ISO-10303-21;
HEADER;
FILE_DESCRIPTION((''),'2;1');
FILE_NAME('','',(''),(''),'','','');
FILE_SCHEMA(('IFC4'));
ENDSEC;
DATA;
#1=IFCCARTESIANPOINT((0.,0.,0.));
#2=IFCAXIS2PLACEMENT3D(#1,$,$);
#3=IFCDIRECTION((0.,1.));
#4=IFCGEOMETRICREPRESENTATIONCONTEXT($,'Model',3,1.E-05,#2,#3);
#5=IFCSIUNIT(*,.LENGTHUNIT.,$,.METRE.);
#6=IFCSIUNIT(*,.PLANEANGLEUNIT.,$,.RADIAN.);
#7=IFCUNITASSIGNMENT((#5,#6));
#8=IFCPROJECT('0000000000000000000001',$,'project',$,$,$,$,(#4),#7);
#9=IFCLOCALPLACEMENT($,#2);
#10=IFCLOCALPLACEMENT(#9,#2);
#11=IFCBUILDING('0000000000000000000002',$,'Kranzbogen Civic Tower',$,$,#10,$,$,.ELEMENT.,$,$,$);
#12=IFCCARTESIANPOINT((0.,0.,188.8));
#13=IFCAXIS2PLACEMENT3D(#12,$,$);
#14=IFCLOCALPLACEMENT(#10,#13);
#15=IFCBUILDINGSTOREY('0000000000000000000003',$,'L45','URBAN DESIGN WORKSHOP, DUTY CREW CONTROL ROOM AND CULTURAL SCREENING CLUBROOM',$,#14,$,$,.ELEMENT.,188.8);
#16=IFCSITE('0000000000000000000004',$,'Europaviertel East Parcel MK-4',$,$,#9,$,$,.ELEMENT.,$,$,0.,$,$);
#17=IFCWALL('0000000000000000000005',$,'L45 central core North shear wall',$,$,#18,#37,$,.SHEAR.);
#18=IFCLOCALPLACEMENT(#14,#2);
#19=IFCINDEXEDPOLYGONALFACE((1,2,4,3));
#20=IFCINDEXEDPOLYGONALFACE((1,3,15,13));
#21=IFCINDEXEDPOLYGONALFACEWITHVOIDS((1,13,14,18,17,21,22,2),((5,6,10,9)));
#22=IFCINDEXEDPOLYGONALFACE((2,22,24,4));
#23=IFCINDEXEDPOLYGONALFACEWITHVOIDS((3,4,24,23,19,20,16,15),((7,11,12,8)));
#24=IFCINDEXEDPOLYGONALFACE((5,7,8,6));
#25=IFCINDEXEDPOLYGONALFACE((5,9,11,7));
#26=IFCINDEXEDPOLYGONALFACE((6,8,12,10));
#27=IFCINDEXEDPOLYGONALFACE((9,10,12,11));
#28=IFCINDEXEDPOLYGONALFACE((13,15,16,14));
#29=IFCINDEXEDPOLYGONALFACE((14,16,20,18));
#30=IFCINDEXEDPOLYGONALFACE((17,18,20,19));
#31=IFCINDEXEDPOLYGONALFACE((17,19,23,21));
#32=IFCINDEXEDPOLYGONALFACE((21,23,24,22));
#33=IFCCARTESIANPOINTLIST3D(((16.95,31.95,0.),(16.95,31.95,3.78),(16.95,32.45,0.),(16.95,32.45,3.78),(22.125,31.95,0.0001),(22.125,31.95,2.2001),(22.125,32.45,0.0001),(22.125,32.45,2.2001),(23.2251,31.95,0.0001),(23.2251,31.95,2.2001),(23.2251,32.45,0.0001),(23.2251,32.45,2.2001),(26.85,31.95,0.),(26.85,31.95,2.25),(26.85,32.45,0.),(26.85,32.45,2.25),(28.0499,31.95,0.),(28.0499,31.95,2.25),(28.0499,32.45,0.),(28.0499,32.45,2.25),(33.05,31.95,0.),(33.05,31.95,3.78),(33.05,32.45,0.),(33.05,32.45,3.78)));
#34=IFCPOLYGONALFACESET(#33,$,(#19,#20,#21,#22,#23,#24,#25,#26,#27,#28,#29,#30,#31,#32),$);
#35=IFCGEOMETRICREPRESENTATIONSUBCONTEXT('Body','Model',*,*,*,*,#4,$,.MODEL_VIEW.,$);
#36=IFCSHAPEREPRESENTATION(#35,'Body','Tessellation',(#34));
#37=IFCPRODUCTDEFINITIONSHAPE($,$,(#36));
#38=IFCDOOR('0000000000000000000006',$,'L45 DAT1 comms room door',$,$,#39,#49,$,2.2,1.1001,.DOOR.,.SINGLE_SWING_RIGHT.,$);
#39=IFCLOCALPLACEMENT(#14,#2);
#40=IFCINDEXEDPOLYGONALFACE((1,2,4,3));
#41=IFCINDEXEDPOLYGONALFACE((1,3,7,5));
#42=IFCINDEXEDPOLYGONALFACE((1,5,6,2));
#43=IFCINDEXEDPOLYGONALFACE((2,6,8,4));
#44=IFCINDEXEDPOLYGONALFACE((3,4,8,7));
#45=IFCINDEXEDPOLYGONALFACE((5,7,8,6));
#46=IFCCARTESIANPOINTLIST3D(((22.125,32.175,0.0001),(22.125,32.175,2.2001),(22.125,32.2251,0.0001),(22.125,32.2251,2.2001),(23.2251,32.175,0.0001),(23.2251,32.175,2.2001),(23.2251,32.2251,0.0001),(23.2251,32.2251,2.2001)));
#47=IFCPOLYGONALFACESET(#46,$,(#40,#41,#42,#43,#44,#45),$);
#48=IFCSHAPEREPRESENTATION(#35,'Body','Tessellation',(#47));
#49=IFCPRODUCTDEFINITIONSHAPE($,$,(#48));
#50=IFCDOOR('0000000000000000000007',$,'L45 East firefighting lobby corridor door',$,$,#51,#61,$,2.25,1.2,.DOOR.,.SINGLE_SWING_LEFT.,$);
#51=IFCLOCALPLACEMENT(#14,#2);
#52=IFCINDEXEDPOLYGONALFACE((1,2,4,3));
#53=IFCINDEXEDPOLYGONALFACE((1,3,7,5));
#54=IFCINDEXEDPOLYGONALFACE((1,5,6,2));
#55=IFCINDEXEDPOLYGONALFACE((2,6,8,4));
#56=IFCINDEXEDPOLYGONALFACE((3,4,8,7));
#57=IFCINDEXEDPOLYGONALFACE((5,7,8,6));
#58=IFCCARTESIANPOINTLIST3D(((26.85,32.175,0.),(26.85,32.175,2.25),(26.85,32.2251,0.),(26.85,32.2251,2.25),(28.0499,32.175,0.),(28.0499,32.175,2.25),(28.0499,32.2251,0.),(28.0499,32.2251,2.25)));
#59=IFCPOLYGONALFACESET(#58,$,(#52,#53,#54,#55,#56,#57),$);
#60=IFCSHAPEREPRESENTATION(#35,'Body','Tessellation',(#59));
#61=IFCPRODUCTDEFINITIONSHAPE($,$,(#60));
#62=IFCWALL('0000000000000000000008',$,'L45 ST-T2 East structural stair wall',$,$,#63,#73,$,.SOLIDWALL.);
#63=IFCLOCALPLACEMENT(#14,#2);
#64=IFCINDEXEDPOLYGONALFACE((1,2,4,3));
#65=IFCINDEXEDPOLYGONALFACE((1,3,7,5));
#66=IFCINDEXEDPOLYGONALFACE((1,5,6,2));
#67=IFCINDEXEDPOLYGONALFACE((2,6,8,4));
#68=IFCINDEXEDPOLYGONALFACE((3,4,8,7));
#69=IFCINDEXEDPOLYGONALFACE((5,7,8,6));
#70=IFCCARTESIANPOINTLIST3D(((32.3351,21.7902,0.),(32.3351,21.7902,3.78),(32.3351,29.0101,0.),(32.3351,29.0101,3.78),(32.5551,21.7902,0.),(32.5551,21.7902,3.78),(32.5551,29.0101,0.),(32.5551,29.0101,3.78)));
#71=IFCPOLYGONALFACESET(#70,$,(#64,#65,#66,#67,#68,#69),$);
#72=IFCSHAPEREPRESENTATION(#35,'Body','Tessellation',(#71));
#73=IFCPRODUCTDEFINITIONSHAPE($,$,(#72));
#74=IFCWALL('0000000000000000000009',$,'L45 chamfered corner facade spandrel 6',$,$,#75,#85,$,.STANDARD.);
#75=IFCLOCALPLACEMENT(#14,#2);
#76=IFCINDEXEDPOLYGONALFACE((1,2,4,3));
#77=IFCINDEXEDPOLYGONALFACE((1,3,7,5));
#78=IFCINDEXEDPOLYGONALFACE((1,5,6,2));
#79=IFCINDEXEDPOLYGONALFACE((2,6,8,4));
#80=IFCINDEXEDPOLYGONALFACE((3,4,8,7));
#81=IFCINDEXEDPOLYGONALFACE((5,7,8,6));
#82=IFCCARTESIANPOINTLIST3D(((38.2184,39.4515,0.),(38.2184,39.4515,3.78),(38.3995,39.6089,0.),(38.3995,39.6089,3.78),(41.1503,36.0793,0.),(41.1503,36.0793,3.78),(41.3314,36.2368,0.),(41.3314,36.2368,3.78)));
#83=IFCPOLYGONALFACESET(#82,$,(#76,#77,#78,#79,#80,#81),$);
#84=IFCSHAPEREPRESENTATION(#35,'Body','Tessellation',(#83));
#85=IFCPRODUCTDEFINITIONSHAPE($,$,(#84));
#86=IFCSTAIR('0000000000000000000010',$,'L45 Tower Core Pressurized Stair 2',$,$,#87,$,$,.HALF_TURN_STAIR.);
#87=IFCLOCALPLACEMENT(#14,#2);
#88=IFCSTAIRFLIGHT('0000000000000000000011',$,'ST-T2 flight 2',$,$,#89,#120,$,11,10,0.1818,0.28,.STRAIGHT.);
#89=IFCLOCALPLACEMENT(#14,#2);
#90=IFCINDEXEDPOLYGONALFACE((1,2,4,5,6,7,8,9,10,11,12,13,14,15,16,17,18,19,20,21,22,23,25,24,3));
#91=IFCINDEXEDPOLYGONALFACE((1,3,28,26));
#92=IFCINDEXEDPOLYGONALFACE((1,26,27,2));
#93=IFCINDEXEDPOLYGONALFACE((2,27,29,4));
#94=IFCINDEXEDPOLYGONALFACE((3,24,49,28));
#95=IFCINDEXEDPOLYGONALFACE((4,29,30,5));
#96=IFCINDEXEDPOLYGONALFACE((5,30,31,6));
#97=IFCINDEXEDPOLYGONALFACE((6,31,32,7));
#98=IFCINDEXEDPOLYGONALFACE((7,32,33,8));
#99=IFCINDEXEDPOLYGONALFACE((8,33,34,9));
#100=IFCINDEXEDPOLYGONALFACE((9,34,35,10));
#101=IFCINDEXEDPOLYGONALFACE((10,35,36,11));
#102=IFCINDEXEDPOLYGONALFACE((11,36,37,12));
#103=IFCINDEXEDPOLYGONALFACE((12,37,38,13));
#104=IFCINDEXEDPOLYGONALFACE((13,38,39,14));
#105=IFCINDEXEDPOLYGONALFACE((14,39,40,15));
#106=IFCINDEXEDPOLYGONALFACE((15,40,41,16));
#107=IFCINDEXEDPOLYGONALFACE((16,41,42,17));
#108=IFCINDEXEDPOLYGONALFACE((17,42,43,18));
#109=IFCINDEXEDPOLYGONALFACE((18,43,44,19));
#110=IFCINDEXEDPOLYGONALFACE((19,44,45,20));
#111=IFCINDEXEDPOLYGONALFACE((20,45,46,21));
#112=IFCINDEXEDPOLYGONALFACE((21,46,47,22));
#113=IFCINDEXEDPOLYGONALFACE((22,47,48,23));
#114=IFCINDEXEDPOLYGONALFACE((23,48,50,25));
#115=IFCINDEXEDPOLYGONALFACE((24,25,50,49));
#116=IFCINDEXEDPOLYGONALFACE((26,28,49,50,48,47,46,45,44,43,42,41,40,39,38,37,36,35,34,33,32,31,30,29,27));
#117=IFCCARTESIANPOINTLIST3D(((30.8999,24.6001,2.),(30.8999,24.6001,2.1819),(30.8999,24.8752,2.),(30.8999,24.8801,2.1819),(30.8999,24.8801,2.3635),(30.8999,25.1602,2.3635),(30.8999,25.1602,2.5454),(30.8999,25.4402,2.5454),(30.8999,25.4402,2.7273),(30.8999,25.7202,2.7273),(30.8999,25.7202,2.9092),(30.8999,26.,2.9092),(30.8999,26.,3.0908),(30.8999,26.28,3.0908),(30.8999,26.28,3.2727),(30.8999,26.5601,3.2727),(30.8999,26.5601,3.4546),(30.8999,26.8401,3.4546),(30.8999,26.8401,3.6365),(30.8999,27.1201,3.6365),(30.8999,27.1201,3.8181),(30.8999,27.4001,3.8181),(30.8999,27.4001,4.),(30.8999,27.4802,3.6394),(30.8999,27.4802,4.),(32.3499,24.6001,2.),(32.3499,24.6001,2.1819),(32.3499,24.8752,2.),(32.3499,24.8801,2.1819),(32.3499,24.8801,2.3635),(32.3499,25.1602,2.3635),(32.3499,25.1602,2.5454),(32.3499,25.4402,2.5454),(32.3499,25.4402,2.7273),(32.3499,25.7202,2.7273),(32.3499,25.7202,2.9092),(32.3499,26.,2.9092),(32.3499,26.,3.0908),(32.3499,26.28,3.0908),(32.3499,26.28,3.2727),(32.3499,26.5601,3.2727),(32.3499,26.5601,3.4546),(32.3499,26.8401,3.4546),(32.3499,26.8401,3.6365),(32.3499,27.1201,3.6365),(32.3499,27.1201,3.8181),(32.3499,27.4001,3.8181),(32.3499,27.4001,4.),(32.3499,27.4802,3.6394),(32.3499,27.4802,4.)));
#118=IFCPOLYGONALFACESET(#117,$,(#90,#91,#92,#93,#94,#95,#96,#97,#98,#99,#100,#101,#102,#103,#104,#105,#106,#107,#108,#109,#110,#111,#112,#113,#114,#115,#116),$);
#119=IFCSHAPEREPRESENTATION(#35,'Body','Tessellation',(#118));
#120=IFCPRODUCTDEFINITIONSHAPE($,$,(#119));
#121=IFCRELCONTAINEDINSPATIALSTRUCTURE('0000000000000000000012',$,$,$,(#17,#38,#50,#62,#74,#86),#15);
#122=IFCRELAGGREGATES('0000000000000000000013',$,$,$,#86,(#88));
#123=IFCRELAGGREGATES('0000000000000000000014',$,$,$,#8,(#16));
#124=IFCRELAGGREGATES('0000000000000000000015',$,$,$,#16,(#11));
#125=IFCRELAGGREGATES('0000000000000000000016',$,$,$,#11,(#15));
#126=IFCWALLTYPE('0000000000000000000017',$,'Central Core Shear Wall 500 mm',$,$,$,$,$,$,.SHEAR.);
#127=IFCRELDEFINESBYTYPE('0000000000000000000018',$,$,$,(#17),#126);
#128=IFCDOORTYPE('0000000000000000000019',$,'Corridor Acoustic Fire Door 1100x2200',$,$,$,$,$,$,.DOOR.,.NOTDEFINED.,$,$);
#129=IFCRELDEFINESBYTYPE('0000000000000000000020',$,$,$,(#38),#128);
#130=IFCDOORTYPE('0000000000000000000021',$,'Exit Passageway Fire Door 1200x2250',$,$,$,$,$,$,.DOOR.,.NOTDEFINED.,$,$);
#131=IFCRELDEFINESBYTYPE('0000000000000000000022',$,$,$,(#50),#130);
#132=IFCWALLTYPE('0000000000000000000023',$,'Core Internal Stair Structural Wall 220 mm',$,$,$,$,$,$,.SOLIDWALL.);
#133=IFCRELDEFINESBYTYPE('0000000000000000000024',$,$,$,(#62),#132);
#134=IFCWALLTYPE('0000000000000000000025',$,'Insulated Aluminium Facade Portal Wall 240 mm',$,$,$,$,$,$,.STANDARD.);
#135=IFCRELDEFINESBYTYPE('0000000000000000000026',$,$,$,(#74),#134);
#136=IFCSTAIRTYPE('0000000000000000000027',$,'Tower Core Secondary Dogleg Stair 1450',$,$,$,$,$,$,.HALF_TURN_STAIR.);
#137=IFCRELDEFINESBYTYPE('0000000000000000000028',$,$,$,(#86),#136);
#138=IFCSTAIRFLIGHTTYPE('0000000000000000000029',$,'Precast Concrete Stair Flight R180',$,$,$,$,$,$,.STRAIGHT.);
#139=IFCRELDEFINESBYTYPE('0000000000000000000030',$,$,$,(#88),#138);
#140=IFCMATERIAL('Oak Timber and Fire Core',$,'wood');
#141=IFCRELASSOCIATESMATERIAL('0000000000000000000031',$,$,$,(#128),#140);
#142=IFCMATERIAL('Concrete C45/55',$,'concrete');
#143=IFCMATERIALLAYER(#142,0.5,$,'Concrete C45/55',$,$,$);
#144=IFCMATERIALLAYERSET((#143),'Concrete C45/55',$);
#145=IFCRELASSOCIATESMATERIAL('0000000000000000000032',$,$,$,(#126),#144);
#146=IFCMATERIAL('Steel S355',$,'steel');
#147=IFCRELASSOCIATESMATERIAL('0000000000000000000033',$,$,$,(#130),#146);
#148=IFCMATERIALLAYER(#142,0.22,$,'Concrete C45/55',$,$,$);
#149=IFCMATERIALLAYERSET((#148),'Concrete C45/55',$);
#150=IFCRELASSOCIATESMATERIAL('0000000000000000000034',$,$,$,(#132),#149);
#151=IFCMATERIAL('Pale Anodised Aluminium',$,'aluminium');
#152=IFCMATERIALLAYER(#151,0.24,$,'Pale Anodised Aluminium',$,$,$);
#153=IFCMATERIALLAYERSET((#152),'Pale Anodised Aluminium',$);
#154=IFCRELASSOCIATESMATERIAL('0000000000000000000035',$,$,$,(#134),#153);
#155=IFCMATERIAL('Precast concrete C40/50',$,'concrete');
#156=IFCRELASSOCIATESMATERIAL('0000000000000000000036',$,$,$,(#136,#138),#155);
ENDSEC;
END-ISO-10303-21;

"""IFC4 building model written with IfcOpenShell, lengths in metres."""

from ifc_helpers import new_model, si_unit, direction, frame, frame_2d, origin, place, context, subcontext, project, spatial, polyline, rectangle, outline, extrude, material, layer, layer_set, type_object, element, fill, aggregate, save


model = new_model("IFC4")

# Units and contexts
model_context = context("Model", 3, precision=1e-05, world=origin(), true_north=direction((0.0, 1.0)))
body_context = subcontext(model_context, "Body", "Model", "MODEL_VIEW")
ifc_project = project(units=[si_unit("LENGTHUNIT", "METRE"), si_unit("PLANEANGLEUNIT", "RADIAN")], contexts=[model_context])

# Site, building, storey
site_placement = place(None, origin())
site = spatial("IfcSite", under=ifc_project, at=site_placement, Name="Europaviertel East Parcel MK-4", CompositionType="ELEMENT", RefElevation=0.0)
building_placement = place(site_placement, origin())
building = spatial("IfcBuilding", under=site, at=building_placement, Name="Kranzbogen Civic Tower", CompositionType="ELEMENT")
storey_placement = place(building_placement, frame((0.0, 0.0, 188.8)))
storey = spatial("IfcBuildingStorey", under=building, at=storey_placement, Name="L45", Description="URBAN DESIGN WORKSHOP, DUTY CREW CONTROL ROOM AND CULTURAL SCREENING CLUBROOM", CompositionType="ELEMENT", Elevation=188.8)

# Shared definitions
ifc_material_1 = material(Name="Steel S355", Category="steel")

# Shared definitions
ifc_material_2 = material(Name="Pale Anodised Aluminium", Category="aluminium")

# Shared definitions
ifc_material_3 = material(Name="Oak Timber and Fire Core", Category="wood")
door_type_1 = type_object("IfcDoorType", Name="Corridor Acoustic Fire Door 1100x2200", OperationType="NOTDEFINED", PredefinedType="DOOR", material=ifc_material_3)

# Wall, openings, doors
ifc_material_4 = material(Name="Concrete C45/55", Category="concrete")
ifc_layer_1 = layer(ifc_material_4, 0.5, Name="Concrete C45/55")
ifc_layer_set_1 = layer_set([ifc_layer_1], Name="Concrete C45/55")
wall_type_1 = type_object("IfcWallType", Name="Central Core Shear Wall 500 mm", PredefinedType="SHEAR", material=ifc_layer_set_1)
wall_1_placement = place(storey_placement, frame((33.05, 32.2, 0.0), z_axis=(0.0, 0.0, 1.0), x_axis=(-1.0, 0.0, 0.0)))
wall_1 = element("IfcWall", 1, at=wall_1_placement, inside=storey, type_object=wall_type_1, Name="L45 central core North shear wall", PredefinedType="SHEAR", context=body_context, shape_type="SweptSolid", body=[
    extrude(rectangle(XDim=16.1001, YDim=0.5, at=frame_2d((8.05, 0.0))), origin(), (0.0, 0.0, 1.0), 3.78),
])
opening_1_placement = place(wall_1_placement, frame((5.0, 0.0, 0.0)))
opening_1 = element("IfcOpeningElement", 2, at=opening_1_placement, cuts=wall_1, PredefinedType="OPENING", context=body_context, shape_type="SweptSolid", body=[
    extrude(rectangle(XDim=1.2, YDim=2.25, at=frame_2d((0.6001, 1.125))), frame((0.0, 0.26, 0.0), z_axis=(0.0, -1.0, 0.0), x_axis=(1.0, 0.0, 0.0)), (0.0, 0.0, 1.0), 0.52),
])
opening_2_placement = place(wall_1_placement, frame((9.825, 0.0, 0.0)))
opening_2 = element("IfcOpeningElement", 3, at=opening_2_placement, cuts=wall_1, PredefinedType="OPENING", context=body_context, shape_type="SweptSolid", body=[
    extrude(rectangle(XDim=1.1001, YDim=2.2, at=frame_2d((0.55, 1.1001))), frame((0.0, 0.26, 0.0), z_axis=(0.0, -1.0, 0.0), x_axis=(1.0, 0.0, 0.0)), (0.0, 0.0, 1.0), 0.52),
])
door_1_placement = place(opening_2_placement, origin())
door_1 = element("IfcDoor", 4, at=door_1_placement, inside=storey, type_object=door_type_1, Name="L45 DAT1 comms room door", OperationType="SINGLE_SWING_RIGHT", OverallHeight=2.2, OverallWidth=1.1001, PredefinedType="DOOR", context=body_context, shape_type="SweptSolid", body=[
    extrude(rectangle(XDim=1.1001, YDim=2.2, at=frame_2d((0.55, 1.1001))), frame((0.0, 0.0249, 0.0), z_axis=(0.0, -1.0, 0.0), x_axis=(1.0, 0.0, 0.0)), (0.0, 0.0, 1.0), 0.05),
])
fill(opening_2, door_1)
door_type_2 = type_object("IfcDoorType", Name="Exit Passageway Fire Door 1200x2250", OperationType="NOTDEFINED", PredefinedType="DOOR", material=ifc_material_1)
door_2_placement = place(opening_1_placement, origin())
door_2 = element("IfcDoor", 5, at=door_2_placement, inside=storey, type_object=door_type_2, Name="L45 East firefighting lobby corridor door", OperationType="SINGLE_SWING_LEFT", OverallHeight=2.25, OverallWidth=1.2, PredefinedType="DOOR", context=body_context, shape_type="SweptSolid", body=[
    extrude(rectangle(XDim=1.2, YDim=2.25, at=frame_2d((0.6001, 1.125))), frame((0.0, 0.0249, 0.0), z_axis=(0.0, -1.0, 0.0), x_axis=(1.0, 0.0, 0.0)), (0.0, 0.0, 1.0), 0.05),
])
fill(opening_1, door_2)

# Walls
ifc_layer_2 = layer(ifc_material_4, 0.22, Name="Concrete C45/55")
ifc_layer_set_2 = layer_set([ifc_layer_2], Name="Concrete C45/55")
wall_type_2 = type_object("IfcWallType", Name="Core Internal Stair Structural Wall 220 mm", PredefinedType="SOLIDWALL", material=ifc_layer_set_2)
wall_2_placement = place(storey_placement, frame((32.4451, 29.01, 0.0), z_axis=(0.0, 0.0, 1.0), x_axis=(0.0, -1.0, 0.0)))
element("IfcWall", 6, at=wall_2_placement, inside=storey, type_object=wall_type_2, Name="L45 ST-T2 East structural stair wall", PredefinedType="SOLIDWALL", context=body_context, shape_type="SweptSolid", body=[
    extrude(rectangle(XDim=7.22, YDim=0.22, at=frame_2d((3.6099, 0.0))), origin(), (0.0, 0.0, 1.0), 3.78),
])
ifc_layer_3 = layer(ifc_material_2, 0.24, Name="Pale Anodised Aluminium")
ifc_layer_set_3 = layer_set([ifc_layer_3], Name="Pale Anodised Aluminium")
wall_type_3 = type_object("IfcWallType", Name="Insulated Aluminium Facade Portal Wall 240 mm", PredefinedType="STANDARD", material=ifc_layer_set_3)
wall_3_placement = place(storey_placement, frame((41.241, 36.158, 0.0), z_axis=(0.0, 0.0, 1.0), x_axis=(-0.656134, 0.754644, 0.0)))
element("IfcWall", 7, at=wall_3_placement, inside=storey, type_object=wall_type_3, Name="L45 chamfered corner facade spandrel 6", PredefinedType="STANDARD", context=body_context, shape_type="SweptSolid", body=[
    extrude(rectangle(XDim=4.4685, YDim=0.24, at=frame_2d((2.2344, 0.0))), origin(), (0.0, 0.0, 1.0), 3.78),
])

# Stair, stair flight
ifc_material_5 = material(Name="Precast concrete C40/50", Category="concrete")
stair_type = type_object("IfcStairType", Name="Tower Core Secondary Dogleg Stair 1450", PredefinedType="HALF_TURN_STAIR", material=ifc_material_5)
stair_placement = place(storey_placement, origin())
stair = element("IfcStair", 8, at=stair_placement, inside=storey, type_object=stair_type, Name="L45 Tower Core Pressurized Stair 2", PredefinedType="HALF_TURN_STAIR")
stair_flight_type = type_object("IfcStairFlightType", Name="Precast Concrete Stair Flight R180", PredefinedType="STRAIGHT", material=ifc_material_5)
stair_flight_placement = place(storey_placement, frame((31.625, 24.6001, 2.0), z_axis=(0.0, 0.0, 1.0), x_axis=(0.0, 1.0, 0.0)))
stair_flight = element("IfcStairFlight", 9, at=stair_flight_placement, type_object=stair_flight_type, Name="ST-T2 flight 2", NumberOfRisers=11, NumberOfTreads=10, PredefinedType="STRAIGHT", RiserHeight=0.1818, TreadLength=0.28, context=body_context, shape_type="SweptSolid", body=[
    extrude(outline(polyline([(0.0, 0.0), (0.0, 0.1819), (0.28, 0.1819), (0.28, 0.3635), (0.5601, 0.3635), (0.5601, 0.5454), (0.8401, 0.5454), (0.8401, 0.7273), (1.1201, 0.7273), (1.1201, 0.9092), (1.3999, 0.9092), (1.3999, 1.0908), (1.6799, 1.0908), (1.6799, 1.2727), (1.96, 1.2727), (1.96, 1.4546), (2.24, 1.4546), (2.24, 1.6365), (2.52, 1.6365), (2.52, 1.8181), (2.8, 1.8181), (2.8, 2.0), (2.8801, 2.0), (2.8801, 1.6394), (0.2751, 0.0), (0.0, 0.0)])), frame((0.0, 0.7251, 0.0), z_axis=(0.0, -1.0, 0.0), x_axis=(1.0, 0.0, 0.0)), (0.0, 0.0, 1.0), 1.45),
])
aggregate(stair, [stair_flight])

save(model, "model.ifc")
